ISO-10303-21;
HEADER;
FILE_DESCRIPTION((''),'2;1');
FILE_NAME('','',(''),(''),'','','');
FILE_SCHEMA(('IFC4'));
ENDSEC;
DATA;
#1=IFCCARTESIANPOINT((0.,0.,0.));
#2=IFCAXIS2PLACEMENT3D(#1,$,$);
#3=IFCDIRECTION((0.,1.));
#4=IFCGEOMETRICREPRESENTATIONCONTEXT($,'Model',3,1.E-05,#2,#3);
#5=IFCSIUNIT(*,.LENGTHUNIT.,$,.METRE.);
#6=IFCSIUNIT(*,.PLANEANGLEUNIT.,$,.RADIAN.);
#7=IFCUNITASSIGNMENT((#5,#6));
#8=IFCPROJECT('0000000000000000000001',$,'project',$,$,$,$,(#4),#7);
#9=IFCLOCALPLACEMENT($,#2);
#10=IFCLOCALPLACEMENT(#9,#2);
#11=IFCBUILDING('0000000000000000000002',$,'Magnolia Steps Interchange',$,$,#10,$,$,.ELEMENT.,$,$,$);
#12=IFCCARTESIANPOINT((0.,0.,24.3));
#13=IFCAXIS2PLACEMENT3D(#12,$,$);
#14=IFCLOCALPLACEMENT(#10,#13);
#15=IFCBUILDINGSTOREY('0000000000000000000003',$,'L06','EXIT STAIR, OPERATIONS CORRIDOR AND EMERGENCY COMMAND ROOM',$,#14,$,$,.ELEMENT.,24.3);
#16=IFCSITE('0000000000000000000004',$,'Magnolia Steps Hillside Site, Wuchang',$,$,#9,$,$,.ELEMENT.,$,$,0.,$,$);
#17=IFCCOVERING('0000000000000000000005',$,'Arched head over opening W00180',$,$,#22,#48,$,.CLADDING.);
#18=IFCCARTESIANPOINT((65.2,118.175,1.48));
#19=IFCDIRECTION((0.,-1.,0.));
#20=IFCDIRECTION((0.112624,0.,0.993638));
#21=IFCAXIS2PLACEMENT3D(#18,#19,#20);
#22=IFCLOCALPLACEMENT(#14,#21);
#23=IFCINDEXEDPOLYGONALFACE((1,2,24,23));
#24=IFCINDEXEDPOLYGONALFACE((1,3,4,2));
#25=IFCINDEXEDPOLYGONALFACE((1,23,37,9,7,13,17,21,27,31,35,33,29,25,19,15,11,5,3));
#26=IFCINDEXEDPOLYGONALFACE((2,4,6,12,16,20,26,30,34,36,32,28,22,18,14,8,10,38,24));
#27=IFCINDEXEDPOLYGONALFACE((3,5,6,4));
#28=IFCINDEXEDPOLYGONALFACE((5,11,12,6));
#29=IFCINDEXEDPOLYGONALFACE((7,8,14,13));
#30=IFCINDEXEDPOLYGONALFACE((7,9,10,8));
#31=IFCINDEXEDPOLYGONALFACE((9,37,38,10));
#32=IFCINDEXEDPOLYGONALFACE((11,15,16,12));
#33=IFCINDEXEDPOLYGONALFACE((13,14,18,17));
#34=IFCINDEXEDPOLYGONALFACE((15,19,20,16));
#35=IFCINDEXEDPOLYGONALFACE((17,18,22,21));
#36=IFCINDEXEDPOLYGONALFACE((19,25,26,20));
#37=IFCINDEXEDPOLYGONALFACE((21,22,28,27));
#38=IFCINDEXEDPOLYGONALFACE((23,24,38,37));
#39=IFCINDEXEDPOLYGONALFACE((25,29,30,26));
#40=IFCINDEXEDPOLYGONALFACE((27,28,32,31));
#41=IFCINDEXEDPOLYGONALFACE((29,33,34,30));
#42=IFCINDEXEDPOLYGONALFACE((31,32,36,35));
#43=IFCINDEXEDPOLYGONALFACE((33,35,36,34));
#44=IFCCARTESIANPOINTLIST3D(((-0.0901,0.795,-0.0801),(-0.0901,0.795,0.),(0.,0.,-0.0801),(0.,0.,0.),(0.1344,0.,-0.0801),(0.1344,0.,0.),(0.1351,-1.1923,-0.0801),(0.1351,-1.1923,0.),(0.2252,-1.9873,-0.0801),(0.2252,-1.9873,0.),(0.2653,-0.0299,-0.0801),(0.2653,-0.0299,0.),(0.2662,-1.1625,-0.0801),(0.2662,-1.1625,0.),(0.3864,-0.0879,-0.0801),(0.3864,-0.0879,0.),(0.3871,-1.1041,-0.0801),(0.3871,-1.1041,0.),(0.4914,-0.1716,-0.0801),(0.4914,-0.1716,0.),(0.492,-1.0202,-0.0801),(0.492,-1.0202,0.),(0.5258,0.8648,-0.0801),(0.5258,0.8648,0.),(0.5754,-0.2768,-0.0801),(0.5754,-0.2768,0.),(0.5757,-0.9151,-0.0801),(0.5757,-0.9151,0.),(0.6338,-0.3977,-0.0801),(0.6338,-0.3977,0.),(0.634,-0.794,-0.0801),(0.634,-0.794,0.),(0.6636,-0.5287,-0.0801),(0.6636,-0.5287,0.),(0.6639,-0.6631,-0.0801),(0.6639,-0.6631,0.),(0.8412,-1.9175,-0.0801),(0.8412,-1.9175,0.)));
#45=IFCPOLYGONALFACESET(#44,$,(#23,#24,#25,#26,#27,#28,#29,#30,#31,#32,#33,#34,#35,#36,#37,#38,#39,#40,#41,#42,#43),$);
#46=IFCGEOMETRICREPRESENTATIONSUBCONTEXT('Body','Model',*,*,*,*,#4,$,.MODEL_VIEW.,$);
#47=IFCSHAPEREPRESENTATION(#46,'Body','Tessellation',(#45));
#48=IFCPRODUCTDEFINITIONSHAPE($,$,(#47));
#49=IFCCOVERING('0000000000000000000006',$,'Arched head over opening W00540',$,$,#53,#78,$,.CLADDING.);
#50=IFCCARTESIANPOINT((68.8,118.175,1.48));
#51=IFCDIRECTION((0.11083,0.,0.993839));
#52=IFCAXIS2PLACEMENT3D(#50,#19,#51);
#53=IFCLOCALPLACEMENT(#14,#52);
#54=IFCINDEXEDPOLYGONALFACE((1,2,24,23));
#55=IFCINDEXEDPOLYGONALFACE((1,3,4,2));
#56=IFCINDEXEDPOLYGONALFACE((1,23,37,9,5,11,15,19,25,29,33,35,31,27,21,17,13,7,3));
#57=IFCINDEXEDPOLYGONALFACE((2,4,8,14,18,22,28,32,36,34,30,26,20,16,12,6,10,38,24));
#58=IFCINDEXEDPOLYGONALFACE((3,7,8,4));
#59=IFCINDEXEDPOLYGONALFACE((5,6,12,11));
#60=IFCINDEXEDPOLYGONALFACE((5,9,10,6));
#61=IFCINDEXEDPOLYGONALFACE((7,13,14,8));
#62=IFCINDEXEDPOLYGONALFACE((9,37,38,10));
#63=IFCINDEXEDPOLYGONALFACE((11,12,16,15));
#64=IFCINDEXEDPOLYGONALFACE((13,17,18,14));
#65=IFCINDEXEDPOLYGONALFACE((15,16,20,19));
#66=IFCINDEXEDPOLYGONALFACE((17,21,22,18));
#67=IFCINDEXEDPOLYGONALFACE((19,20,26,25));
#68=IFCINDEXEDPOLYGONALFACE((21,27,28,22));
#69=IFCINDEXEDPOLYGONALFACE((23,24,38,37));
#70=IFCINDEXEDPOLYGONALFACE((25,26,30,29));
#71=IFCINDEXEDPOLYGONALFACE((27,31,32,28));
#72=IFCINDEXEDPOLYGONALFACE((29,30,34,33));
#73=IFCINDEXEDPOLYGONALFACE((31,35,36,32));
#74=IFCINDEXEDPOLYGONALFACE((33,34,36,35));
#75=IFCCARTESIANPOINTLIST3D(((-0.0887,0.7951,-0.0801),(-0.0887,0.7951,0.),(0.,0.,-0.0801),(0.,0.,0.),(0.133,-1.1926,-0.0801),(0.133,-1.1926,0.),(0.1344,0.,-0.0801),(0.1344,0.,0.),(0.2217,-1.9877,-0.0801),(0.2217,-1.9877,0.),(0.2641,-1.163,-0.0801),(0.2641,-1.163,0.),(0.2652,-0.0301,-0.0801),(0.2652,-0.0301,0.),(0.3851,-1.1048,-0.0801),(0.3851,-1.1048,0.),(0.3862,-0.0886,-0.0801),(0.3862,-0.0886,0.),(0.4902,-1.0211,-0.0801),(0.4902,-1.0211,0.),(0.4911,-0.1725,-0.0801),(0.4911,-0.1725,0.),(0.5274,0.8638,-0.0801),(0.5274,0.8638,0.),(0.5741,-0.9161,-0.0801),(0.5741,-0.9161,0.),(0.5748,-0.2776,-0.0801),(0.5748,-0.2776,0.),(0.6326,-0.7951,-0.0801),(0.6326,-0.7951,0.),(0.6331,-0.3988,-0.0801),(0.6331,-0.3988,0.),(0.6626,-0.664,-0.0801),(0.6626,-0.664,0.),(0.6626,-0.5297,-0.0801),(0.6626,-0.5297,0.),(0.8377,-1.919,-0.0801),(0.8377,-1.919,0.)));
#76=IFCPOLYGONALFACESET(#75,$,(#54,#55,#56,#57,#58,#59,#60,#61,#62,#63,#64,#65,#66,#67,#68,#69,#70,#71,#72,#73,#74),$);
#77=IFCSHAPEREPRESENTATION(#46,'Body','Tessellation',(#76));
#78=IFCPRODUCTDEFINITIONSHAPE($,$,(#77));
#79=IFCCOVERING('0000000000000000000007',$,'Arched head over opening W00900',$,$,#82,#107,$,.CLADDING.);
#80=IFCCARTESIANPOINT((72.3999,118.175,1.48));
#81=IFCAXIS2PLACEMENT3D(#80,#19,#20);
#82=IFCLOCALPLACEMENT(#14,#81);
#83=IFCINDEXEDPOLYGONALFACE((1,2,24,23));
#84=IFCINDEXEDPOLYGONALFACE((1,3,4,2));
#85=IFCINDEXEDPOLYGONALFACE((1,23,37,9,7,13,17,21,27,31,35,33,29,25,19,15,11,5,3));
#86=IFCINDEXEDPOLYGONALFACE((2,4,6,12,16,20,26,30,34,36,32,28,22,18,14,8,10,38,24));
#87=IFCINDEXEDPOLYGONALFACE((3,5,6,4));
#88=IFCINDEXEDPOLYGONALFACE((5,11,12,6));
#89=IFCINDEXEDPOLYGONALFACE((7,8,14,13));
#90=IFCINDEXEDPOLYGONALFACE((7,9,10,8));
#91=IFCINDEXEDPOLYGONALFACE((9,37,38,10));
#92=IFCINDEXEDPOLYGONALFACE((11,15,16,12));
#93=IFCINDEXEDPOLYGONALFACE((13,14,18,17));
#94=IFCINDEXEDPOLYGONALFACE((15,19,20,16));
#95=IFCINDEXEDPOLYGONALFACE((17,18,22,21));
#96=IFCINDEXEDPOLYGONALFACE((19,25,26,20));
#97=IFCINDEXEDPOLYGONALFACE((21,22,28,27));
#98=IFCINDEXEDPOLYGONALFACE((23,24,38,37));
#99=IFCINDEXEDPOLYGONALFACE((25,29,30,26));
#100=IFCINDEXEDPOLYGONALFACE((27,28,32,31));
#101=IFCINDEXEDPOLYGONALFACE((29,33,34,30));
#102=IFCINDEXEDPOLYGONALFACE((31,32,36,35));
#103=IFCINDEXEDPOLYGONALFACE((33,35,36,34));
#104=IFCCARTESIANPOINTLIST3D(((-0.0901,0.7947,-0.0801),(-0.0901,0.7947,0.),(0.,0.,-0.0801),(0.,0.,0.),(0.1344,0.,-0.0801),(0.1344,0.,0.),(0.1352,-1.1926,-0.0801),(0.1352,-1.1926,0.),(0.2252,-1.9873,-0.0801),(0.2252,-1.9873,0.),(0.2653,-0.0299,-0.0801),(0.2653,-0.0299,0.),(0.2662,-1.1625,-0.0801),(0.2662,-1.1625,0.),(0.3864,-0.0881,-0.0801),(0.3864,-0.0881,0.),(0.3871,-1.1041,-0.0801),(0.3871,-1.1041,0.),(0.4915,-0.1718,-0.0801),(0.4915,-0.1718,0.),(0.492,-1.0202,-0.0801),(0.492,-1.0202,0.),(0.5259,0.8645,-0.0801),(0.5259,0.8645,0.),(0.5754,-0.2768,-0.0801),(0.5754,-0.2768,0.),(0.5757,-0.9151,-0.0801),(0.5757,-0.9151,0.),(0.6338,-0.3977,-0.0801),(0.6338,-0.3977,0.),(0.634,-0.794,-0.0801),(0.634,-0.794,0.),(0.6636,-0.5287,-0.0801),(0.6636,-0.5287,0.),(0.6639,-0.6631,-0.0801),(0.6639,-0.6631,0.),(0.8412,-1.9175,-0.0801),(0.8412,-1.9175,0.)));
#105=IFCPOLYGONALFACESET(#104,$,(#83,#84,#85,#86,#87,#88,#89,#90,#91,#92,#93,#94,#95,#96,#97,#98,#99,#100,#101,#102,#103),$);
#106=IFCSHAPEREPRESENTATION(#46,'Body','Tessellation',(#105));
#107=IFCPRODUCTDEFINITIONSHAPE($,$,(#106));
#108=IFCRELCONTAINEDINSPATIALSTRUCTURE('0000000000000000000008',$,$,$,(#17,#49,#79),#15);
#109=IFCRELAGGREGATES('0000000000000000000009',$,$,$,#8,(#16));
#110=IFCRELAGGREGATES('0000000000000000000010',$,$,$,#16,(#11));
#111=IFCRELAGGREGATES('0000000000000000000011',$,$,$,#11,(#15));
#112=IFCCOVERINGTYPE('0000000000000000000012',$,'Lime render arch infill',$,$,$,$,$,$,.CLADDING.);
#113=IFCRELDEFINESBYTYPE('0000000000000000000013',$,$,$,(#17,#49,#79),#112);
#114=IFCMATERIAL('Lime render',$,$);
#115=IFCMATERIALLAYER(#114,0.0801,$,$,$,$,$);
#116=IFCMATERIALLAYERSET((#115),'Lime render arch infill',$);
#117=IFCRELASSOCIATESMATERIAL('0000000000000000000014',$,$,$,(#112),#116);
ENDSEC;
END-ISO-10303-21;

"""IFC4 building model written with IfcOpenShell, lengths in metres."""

from ifc_helpers import new_model, si_unit, direction, frame, origin, place, context, subcontext, project, spatial, polyline, outline, extrude, material, layer, layer_set, type_object, element, save


model = new_model("IFC4")

# Units and contexts
model_context = context("Model", 3, precision=1e-05, world=origin(), true_north=direction((0.0, 1.0)))
body_context = subcontext(model_context, "Body", "Model", "MODEL_VIEW")
ifc_project = project(units=[si_unit("LENGTHUNIT", "METRE"), si_unit("PLANEANGLEUNIT", "RADIAN")], contexts=[model_context])

# Site, building, storey
site_placement = place(None, origin())
site = spatial("IfcSite", under=ifc_project, at=site_placement, Name="Magnolia Steps Hillside Site, Wuchang", CompositionType="ELEMENT", RefElevation=0.0)
building_placement = place(site_placement, origin())
building = spatial("IfcBuilding", under=site, at=building_placement, Name="Magnolia Steps Interchange", CompositionType="ELEMENT")
storey_placement = place(building_placement, frame((0.0, 0.0, 24.3)))
storey = spatial("IfcBuildingStorey", under=building, at=storey_placement, Name="L06", Description="EXIT STAIR, OPERATIONS CORRIDOR AND EMERGENCY COMMAND ROOM", CompositionType="ELEMENT", Elevation=24.3)

# Coverings
ifc_material_1 = material(Name="Lime render")
ifc_layer_1 = layer(ifc_material_1, 0.0801)
ifc_layer_set_1 = layer_set([ifc_layer_1], Name="Lime render arch infill")
covering_type_1 = type_object("IfcCoveringType", Name="Lime render arch infill", PredefinedType="CLADDING", material=ifc_layer_set_1)
covering_1_placement = place(storey_placement, frame((65.2, 118.175, 1.48), z_axis=(0.0, -1.0, 0.0), x_axis=(0.112624, 0.0, 0.993638)))
element("IfcCovering", 1, at=covering_1_placement, inside=storey, type_object=covering_type_1, Name="Arched head over opening W00180", PredefinedType="CLADDING", context=body_context, shape_type="SweptSolid", body=[
    extrude(outline(polyline([(0.0, 0.0), (0.1344, 0.0), (0.2653, -0.0299), (0.3864, -0.0879), (0.4914, -0.1716), (0.5754, -0.2768), (0.6338, -0.3977), (0.6636, -0.5287), (0.6639, -0.6631), (0.634, -0.794), (0.5757, -0.9151), (0.492, -1.0202), (0.3871, -1.1041), (0.2662, -1.1625), (0.1351, -1.1923), (0.2252, -1.9873), (0.8412, -1.9175), (0.5258, 0.8648), (-0.0901, 0.795), (0.0, 0.0)])), origin(), (0.0, 0.0, -1.0), 0.0801),
])
covering_2_placement = place(storey_placement, frame((68.8, 118.175, 1.48), z_axis=(0.0, -1.0, 0.0), x_axis=(0.11083, 0.0, 0.993839)))
element("IfcCovering", 2, at=covering_2_placement, inside=storey, type_object=covering_type_1, Name="Arched head over opening W00540", PredefinedType="CLADDING", context=body_context, shape_type="SweptSolid", body=[
    extrude(outline(polyline([(0.0, 0.0), (0.1344, 0.0), (0.2652, -0.0301), (0.3862, -0.0886), (0.4911, -0.1725), (0.5748, -0.2776), (0.6331, -0.3988), (0.6626, -0.5297), (0.6626, -0.664), (0.6326, -0.7951), (0.5741, -0.9161), (0.4902, -1.0211), (0.3851, -1.1048), (0.2641, -1.163), (0.133, -1.1926), (0.2217, -1.9877), (0.8377, -1.919), (0.5274, 0.8638), (-0.0887, 0.7951), (0.0, 0.0)])), origin(), (0.0, 0.0, -1.0), 0.0801),
])
covering_3_placement = place(storey_placement, frame((72.3999, 118.175, 1.48), z_axis=(0.0, -1.0, 0.0), x_axis=(0.112624, 0.0, 0.993638)))
element("IfcCovering", 3, at=covering_3_placement, inside=storey, type_object=covering_type_1, Name="Arched head over opening W00900", PredefinedType="CLADDING", context=body_context, shape_type="SweptSolid", body=[
    extrude(outline(polyline([(0.0, 0.0), (0.1344, 0.0), (0.2653, -0.0299), (0.3864, -0.0881), (0.4915, -0.1718), (0.5754, -0.2768), (0.6338, -0.3977), (0.6636, -0.5287), (0.6639, -0.6631), (0.634, -0.794), (0.5757, -0.9151), (0.492, -1.0202), (0.3871, -1.1041), (0.2662, -1.1625), (0.1352, -1.1926), (0.2252, -1.9873), (0.8412, -1.9175), (0.5259, 0.8645), (-0.0901, 0.7947), (0.0, 0.0)])), origin(), (0.0, 0.0, -1.0), 0.0801),
])

save(model, "model.ifc")
